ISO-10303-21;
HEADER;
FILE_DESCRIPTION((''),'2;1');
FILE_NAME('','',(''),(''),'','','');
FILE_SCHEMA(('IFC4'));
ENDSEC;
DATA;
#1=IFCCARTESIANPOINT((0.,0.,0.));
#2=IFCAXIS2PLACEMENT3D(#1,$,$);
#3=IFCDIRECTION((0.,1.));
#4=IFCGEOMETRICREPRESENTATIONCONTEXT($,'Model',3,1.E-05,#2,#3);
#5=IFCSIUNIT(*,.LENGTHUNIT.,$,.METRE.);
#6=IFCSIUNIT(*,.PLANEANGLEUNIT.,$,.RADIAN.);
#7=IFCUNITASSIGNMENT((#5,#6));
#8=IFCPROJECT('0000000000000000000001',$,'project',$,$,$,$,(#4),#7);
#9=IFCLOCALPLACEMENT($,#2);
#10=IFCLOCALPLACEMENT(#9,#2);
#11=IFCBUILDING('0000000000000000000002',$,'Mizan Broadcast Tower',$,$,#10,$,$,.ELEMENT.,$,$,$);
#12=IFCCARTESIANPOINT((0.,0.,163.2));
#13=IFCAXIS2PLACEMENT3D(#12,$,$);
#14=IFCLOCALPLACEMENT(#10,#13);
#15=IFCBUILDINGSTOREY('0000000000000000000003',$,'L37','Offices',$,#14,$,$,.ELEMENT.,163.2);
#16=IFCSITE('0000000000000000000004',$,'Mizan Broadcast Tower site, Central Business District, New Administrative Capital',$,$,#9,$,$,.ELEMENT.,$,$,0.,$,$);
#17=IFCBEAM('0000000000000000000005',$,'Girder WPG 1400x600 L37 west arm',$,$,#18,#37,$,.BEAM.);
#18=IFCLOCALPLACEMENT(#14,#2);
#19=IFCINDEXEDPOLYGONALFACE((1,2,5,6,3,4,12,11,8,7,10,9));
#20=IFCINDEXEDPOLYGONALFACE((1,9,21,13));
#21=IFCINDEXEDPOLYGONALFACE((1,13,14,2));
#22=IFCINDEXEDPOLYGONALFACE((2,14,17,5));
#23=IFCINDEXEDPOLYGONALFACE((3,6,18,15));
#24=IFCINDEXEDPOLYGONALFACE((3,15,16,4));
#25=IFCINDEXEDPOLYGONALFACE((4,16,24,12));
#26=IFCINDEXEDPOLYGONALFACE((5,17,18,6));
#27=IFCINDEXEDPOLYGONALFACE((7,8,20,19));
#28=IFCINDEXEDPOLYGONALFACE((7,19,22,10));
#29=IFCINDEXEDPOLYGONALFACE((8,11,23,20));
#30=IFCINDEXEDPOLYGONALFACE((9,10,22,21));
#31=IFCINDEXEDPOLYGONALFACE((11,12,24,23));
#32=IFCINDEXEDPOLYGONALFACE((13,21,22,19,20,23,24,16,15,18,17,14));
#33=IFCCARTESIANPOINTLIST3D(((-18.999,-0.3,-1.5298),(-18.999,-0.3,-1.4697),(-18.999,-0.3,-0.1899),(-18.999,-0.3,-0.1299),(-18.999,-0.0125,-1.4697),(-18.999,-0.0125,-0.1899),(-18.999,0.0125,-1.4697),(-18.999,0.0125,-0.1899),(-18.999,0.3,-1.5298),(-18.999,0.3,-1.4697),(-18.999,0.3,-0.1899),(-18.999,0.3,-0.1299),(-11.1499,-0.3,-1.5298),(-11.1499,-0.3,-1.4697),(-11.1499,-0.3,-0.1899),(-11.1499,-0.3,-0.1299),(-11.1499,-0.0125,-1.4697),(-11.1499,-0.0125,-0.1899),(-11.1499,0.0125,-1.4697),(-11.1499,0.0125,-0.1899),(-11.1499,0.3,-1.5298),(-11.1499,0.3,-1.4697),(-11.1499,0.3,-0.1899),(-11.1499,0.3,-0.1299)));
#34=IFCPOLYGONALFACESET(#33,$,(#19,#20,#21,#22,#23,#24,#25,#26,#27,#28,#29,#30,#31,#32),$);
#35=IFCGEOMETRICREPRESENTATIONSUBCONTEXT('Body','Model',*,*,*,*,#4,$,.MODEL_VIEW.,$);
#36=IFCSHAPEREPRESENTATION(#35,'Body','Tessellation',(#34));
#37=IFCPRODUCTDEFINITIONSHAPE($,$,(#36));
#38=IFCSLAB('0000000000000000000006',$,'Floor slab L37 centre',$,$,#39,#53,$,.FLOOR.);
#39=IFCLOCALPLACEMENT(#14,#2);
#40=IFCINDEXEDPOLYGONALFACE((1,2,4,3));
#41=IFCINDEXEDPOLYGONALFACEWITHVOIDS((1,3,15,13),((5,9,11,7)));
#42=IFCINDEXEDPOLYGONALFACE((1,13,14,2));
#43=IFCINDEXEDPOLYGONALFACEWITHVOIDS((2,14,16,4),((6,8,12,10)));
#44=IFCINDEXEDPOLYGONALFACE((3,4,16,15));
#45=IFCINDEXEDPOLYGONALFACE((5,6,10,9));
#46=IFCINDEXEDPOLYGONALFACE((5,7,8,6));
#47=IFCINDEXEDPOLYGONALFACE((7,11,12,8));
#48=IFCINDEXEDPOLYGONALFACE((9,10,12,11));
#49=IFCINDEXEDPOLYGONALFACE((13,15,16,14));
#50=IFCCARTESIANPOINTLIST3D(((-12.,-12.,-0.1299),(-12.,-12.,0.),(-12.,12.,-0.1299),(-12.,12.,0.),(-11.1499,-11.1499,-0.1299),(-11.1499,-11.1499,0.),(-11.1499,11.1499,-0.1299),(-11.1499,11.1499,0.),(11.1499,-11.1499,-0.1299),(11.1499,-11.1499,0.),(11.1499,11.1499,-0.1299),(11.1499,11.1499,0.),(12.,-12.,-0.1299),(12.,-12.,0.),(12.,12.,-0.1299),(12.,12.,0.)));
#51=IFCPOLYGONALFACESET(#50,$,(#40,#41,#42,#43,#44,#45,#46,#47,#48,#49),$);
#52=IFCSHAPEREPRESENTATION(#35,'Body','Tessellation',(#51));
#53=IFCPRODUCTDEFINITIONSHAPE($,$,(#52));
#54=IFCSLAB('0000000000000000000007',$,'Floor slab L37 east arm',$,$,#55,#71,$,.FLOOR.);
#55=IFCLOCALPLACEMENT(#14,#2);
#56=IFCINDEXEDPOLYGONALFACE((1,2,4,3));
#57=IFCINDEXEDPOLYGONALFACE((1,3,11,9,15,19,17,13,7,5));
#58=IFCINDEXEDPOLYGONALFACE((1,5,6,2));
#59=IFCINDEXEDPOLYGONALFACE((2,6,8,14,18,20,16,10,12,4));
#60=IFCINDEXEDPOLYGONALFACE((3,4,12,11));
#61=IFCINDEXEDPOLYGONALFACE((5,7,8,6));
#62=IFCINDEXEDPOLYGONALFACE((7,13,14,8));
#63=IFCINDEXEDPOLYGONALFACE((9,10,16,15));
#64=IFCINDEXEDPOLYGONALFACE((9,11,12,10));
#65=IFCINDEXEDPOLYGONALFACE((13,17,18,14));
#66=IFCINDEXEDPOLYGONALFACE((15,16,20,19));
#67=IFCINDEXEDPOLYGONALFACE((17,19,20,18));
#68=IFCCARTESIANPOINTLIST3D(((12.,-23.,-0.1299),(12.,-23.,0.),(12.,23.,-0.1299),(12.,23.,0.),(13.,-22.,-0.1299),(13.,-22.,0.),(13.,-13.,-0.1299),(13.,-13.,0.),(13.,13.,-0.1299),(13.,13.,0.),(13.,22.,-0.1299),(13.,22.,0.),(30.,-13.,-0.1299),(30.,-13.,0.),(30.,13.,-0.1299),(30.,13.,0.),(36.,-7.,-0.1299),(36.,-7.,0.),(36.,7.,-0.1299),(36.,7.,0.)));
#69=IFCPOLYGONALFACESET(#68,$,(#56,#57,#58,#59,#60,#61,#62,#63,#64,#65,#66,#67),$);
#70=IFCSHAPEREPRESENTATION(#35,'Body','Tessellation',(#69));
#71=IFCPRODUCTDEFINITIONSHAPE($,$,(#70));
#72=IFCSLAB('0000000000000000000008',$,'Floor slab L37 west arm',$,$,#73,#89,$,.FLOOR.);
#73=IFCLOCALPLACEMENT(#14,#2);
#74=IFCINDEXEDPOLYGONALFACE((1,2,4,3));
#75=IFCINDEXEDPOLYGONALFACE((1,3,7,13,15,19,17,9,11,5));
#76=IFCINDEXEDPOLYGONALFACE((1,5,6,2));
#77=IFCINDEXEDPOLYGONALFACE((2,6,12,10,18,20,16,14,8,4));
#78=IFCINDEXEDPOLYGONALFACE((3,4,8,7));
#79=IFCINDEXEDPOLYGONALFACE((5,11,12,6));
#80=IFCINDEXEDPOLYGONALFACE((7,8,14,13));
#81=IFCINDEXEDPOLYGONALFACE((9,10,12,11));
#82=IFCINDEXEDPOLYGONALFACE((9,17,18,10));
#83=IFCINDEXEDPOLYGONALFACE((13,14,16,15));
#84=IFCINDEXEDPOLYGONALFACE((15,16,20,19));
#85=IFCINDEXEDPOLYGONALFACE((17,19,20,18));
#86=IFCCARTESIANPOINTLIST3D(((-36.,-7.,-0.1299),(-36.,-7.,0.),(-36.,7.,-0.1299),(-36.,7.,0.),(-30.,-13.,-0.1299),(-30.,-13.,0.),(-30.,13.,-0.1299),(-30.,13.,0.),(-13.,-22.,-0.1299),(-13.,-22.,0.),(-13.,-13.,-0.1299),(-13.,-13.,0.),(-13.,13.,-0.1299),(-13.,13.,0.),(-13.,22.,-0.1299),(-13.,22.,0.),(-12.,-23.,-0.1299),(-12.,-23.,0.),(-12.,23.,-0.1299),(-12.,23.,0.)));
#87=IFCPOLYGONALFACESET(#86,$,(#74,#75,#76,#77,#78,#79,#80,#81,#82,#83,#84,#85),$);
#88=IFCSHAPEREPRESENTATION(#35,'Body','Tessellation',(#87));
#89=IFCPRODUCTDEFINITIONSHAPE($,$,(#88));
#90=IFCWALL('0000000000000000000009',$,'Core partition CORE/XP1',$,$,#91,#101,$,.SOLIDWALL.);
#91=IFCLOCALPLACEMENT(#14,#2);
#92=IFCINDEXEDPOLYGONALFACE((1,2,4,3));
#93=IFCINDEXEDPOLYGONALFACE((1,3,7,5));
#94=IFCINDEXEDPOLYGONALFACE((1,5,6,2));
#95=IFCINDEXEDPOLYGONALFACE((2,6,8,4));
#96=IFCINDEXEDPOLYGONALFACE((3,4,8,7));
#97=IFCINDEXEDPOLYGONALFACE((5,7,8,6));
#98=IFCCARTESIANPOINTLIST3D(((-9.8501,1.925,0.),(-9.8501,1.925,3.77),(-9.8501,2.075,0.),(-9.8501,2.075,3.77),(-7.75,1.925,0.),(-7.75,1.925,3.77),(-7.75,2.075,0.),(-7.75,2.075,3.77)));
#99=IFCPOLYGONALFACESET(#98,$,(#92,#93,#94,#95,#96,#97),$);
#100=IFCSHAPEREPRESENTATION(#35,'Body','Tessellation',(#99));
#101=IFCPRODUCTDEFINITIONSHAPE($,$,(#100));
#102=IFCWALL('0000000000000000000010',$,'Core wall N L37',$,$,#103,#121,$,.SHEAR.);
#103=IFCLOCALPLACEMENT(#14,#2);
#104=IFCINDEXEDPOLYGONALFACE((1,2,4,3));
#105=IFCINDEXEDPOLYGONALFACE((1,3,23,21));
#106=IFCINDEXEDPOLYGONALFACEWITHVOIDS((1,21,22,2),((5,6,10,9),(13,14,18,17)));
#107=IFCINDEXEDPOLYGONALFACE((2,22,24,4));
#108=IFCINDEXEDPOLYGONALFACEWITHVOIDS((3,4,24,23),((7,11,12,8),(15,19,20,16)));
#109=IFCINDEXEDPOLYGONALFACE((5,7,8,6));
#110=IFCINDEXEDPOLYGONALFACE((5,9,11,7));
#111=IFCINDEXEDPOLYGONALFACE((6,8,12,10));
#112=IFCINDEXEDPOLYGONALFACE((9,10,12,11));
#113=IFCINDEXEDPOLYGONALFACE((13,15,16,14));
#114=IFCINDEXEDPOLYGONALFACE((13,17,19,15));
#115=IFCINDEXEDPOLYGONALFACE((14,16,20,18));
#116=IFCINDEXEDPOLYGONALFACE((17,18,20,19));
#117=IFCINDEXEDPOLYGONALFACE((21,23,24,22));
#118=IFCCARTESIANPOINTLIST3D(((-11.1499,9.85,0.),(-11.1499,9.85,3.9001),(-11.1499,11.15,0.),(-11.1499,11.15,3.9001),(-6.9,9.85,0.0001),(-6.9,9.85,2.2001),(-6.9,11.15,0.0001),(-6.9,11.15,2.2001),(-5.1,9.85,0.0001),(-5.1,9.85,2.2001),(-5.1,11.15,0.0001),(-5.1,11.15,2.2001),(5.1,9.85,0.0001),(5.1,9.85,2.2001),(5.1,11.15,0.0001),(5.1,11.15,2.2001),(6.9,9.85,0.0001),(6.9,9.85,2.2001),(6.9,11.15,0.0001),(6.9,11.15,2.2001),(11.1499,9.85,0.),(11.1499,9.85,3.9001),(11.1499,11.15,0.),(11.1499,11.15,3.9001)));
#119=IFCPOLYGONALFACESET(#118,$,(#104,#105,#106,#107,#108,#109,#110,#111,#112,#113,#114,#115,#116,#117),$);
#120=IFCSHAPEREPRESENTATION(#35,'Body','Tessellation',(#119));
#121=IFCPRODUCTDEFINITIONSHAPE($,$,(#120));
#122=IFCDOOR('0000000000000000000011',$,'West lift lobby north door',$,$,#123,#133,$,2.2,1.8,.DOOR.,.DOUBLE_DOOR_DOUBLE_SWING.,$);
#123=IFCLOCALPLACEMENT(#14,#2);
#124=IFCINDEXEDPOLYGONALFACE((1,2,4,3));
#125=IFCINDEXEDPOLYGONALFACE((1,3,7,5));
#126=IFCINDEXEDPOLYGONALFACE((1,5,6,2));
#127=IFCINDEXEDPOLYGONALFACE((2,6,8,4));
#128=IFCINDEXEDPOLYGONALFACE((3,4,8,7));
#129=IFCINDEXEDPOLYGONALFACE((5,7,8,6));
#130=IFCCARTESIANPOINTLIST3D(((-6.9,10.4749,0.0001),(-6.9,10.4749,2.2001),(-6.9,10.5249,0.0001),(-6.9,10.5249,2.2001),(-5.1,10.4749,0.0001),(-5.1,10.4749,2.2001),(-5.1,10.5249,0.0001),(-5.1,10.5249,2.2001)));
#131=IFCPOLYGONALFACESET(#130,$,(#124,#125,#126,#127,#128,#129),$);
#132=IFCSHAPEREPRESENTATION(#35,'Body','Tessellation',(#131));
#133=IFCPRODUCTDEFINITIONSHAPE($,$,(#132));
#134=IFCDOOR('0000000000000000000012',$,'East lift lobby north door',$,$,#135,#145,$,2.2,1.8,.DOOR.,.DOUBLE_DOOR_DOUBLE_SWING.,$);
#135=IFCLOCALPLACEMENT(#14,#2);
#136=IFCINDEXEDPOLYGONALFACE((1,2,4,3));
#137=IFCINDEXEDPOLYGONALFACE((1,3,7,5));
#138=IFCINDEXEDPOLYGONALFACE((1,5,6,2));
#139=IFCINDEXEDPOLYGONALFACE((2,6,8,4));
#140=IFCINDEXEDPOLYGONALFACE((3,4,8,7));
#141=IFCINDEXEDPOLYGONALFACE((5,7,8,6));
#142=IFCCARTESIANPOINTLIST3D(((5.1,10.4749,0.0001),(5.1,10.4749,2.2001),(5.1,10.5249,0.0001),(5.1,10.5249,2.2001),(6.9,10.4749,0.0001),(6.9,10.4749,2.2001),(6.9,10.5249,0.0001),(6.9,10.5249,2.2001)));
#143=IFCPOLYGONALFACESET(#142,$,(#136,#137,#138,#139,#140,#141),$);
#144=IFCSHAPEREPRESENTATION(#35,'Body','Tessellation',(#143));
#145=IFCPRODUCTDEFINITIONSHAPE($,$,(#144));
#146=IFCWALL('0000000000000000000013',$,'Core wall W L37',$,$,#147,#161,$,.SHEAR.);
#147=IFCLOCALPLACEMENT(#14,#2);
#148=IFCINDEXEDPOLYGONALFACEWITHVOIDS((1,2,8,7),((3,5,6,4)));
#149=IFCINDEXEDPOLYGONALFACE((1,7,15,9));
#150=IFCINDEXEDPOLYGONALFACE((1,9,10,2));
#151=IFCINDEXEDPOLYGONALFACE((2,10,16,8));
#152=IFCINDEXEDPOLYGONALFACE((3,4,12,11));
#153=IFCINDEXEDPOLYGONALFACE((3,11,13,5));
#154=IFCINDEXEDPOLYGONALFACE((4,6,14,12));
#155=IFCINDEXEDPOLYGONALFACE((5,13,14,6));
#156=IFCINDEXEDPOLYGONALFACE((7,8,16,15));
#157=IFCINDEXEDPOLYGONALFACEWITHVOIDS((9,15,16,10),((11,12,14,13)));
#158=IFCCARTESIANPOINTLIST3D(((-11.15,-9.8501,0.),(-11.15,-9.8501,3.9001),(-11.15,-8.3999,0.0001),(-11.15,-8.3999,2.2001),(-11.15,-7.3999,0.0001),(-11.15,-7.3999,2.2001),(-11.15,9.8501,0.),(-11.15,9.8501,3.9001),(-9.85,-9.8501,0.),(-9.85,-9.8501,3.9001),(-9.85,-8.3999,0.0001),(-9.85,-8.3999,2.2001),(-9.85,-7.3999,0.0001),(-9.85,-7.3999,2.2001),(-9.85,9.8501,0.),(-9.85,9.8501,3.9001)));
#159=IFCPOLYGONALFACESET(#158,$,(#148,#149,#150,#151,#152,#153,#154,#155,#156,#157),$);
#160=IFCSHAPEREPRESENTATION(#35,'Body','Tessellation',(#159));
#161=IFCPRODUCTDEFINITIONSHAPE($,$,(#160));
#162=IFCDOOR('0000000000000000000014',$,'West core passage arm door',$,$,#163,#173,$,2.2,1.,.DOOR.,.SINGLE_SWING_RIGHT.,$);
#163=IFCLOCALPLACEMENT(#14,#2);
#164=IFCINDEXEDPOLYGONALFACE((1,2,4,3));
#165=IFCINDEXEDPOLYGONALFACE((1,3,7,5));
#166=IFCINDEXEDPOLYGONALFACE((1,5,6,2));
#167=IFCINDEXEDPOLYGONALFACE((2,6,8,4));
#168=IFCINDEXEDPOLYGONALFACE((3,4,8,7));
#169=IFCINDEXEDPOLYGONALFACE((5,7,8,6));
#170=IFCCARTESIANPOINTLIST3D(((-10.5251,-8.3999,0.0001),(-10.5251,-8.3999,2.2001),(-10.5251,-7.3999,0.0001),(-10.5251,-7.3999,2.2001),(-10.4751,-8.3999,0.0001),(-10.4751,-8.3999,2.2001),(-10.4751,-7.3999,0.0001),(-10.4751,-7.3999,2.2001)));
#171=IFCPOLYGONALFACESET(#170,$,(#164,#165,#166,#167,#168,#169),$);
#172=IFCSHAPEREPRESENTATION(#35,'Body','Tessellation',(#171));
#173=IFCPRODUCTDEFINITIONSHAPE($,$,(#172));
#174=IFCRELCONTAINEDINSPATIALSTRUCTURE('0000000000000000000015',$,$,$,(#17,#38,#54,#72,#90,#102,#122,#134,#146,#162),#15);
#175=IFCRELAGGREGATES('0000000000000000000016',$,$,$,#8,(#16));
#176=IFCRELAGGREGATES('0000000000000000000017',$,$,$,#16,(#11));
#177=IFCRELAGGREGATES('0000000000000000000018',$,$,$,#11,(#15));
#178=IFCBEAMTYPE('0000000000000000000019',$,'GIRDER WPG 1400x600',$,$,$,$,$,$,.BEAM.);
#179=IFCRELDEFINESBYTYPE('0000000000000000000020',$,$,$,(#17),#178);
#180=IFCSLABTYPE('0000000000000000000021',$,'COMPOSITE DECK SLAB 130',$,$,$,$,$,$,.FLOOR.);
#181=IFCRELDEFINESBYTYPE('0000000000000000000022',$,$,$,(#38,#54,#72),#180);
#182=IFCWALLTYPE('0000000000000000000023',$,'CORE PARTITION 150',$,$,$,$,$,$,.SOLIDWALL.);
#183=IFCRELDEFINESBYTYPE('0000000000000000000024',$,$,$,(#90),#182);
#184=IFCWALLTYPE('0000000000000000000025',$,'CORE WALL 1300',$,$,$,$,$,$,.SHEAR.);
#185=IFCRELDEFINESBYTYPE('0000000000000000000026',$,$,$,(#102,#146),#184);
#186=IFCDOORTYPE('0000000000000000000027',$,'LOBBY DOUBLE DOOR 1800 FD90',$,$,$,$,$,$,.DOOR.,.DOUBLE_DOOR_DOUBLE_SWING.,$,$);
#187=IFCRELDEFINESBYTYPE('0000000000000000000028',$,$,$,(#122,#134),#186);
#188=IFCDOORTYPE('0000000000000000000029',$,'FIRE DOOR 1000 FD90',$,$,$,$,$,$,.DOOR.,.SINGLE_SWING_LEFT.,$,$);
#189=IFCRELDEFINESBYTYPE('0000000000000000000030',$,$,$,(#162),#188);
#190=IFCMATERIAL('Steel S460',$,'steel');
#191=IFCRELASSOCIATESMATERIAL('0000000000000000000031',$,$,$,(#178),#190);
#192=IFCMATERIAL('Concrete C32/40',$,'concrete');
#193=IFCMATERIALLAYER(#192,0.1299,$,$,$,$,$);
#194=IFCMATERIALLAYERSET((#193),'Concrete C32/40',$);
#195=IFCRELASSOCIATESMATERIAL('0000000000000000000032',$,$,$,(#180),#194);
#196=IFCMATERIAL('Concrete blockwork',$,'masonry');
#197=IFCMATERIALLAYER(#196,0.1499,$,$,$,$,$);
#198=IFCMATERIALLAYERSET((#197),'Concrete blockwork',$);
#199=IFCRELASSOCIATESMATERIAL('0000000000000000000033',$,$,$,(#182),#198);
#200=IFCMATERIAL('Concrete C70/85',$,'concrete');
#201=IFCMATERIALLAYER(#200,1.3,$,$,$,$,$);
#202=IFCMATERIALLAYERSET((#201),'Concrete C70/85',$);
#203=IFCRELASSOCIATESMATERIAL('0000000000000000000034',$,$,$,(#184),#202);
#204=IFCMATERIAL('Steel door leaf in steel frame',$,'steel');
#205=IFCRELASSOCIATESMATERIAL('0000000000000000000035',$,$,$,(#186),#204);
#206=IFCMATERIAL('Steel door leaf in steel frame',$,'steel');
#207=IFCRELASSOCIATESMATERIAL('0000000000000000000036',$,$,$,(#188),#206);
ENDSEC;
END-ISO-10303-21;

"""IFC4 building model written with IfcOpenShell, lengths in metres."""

from ifc_helpers import new_model, si_unit, direction, frame, frame_2d, origin, origin_2d, place, context, subcontext, project, spatial, polyline, rectangle, i_section, outline, extrude, material, layer, layer_set, material_profile, profile_set, type_object, element, fill, save


model = new_model("IFC4")

# Units and contexts
model_context = context("Model", 3, precision=1e-05, world=origin(), true_north=direction((0.0, 1.0)))
body_context = subcontext(model_context, "Body", "Model", "MODEL_VIEW")
ifc_project = project(units=[si_unit("LENGTHUNIT", "METRE"), si_unit("PLANEANGLEUNIT", "RADIAN")], contexts=[model_context])

# Site, building, storey
site_placement = place(None, origin())
site = spatial("IfcSite", under=ifc_project, at=site_placement, Name="Mizan Broadcast Tower site, Central Business District, New Administrative Capital", CompositionType="ELEMENT", RefElevation=0.0)
building_placement = place(site_placement, origin())
building = spatial("IfcBuilding", under=site, at=building_placement, Name="Mizan Broadcast Tower", CompositionType="ELEMENT")
storey_placement = place(building_placement, frame((0.0, 0.0, 163.2)))
storey = spatial("IfcBuildingStorey", under=building, at=storey_placement, Name="L37", Description="Offices", CompositionType="ELEMENT", Elevation=163.2)

# Beam
ifc_material_1 = material(Name="Steel S460", Category="steel")
ifc_material_profile = material_profile(ifc_material_1, i_section(OverallWidth=0.6001, OverallDepth=1.3999, WebThickness=0.0249, FlangeThickness=0.0601, at=origin_2d()), Name="WPG 1400x600")
ifc_profile_set = profile_set([ifc_material_profile], Name="Steel S460")
beam_type = type_object("IfcBeamType", Name="GIRDER WPG 1400x600", PredefinedType="BEAM", material=ifc_profile_set)
beam_placement = place(storey_placement, frame((-11.1499, 0.0, -0.8298), z_axis=(-1.0, 0.0, 0.0), x_axis=(0.0, -1.0, 0.0)))
element("IfcBeam", 1, at=beam_placement, inside=storey, type_object=beam_type, Name="Girder WPG 1400x600 L37 west arm", PredefinedType="BEAM", context=body_context, shape_type="SweptSolid", body=[
    extrude(i_section(OverallWidth=0.6001, OverallDepth=1.3999, WebThickness=0.0249, FlangeThickness=0.0601, at=origin_2d()), origin(), (0.0, 0.0, 1.0), 7.8491),
])

# Slabs
ifc_material_2 = material(Name="Concrete C32/40", Category="concrete")
ifc_layer_1 = layer(ifc_material_2, 0.1299)
ifc_layer_set_1 = layer_set([ifc_layer_1], Name="Concrete C32/40")
slab_type = type_object("IfcSlabType", Name="COMPOSITE DECK SLAB 130", PredefinedType="FLOOR", material=ifc_layer_set_1)
slab_1_placement = place(storey_placement, frame((0.0, 0.0, -0.1299)))
element("IfcSlab", 2, at=slab_1_placement, inside=storey, type_object=slab_type, Name="Floor slab L37 centre", PredefinedType="FLOOR", context=body_context, shape_type="SweptSolid", body=[
    extrude(outline(polyline([(-12.0, -12.0), (12.0, -12.0), (12.0, 12.0), (-12.0, 12.0), (-12.0, -12.0)]), holes=[polyline([(-11.1499, 11.1499), (11.1499, 11.1499), (11.1499, -11.1499), (-11.1499, -11.1499), (-11.1499, 11.1499)])]), origin(), (0.0, 0.0, 1.0), 0.1299),
])
slab_2_placement = place(storey_placement, frame((0.0, 0.0, -0.1299)))
element("IfcSlab", 3, at=slab_2_placement, inside=storey, type_object=slab_type, Name="Floor slab L37 east arm", PredefinedType="FLOOR", context=body_context, shape_type="SweptSolid", body=[
    extrude(outline(polyline([(12.0, -23.0), (13.0, -22.0), (13.0, -13.0), (30.0, -13.0), (36.0, -7.0), (36.0, 7.0), (30.0, 13.0), (13.0, 13.0), (13.0, 22.0), (12.0, 23.0), (12.0, -23.0)])), origin(), (0.0, 0.0, 1.0), 0.1299),
])
slab_3_placement = place(storey_placement, frame((0.0, 0.0, -0.1299)))
element("IfcSlab", 4, at=slab_3_placement, inside=storey, type_object=slab_type, Name="Floor slab L37 west arm", PredefinedType="FLOOR", context=body_context, shape_type="SweptSolid", body=[
    extrude(outline(polyline([(-13.0, -22.0), (-12.0, -23.0), (-12.0, 23.0), (-13.0, 22.0), (-13.0, 13.0), (-30.0, 13.0), (-36.0, 7.0), (-36.0, -7.0), (-30.0, -13.0), (-13.0, -13.0), (-13.0, -22.0)])), origin(), (0.0, 0.0, 1.0), 0.1299),
])

# Wall
ifc_material_3 = material(Name="Concrete blockwork", Category="masonry")
ifc_layer_2 = layer(ifc_material_3, 0.1499)
ifc_layer_set_2 = layer_set([ifc_layer_2], Name="Concrete blockwork")
wall_type_1 = type_object("IfcWallType", Name="CORE PARTITION 150", PredefinedType="SOLIDWALL", material=ifc_layer_set_2)
wall_1_placement = place(storey_placement, frame((-9.8501, 2.0, 0.0), z_axis=(0.0, 0.0, 1.0), x_axis=(1.0, 0.0, 0.0)))
element("IfcWall", 5, at=wall_1_placement, inside=storey, type_object=wall_type_1, Name="Core partition CORE/XP1", PredefinedType="SOLIDWALL", context=body_context, shape_type="SweptSolid", body=[
    extrude(rectangle(XDim=2.1001, YDim=0.1499, at=frame_2d((1.05, 0.0))), origin(), (0.0, 0.0, 1.0), 3.77),
])

# Wall, openings, doors
ifc_material_4 = material(Name="Concrete C70/85", Category="concrete")
ifc_layer_3 = layer(ifc_material_4, 1.3)
ifc_layer_set_3 = layer_set([ifc_layer_3], Name="Concrete C70/85")
wall_type_2 = type_object("IfcWallType", Name="CORE WALL 1300", PredefinedType="SHEAR", material=ifc_layer_set_3)
wall_2_placement = place(storey_placement, frame((-11.1499, 10.5, 0.0), z_axis=(0.0, 0.0, 1.0), x_axis=(1.0, 0.0, 0.0)))
wall_2 = element("IfcWall", 6, at=wall_2_placement, inside=storey, type_object=wall_type_2, Name="Core wall N L37", PredefinedType="SHEAR", context=body_context, shape_type="SweptSolid", body=[
    extrude(rectangle(XDim=22.2998, YDim=1.3, at=frame_2d((11.1499, 0.0))), origin(), (0.0, 0.0, 1.0), 3.9001),
])
opening_1_placement = place(wall_2_placement, frame((4.25, 0.0, 0.0)))
opening_1 = element("IfcOpeningElement", 7, at=opening_1_placement, cuts=wall_2, PredefinedType="OPENING", context=body_context, shape_type="SweptSolid", body=[
    extrude(rectangle(XDim=1.8, YDim=2.2, at=frame_2d((0.8999, 1.1001))), frame((0.0, 0.6599, 0.0), z_axis=(0.0, -1.0, 0.0), x_axis=(1.0, 0.0, 0.0)), (0.0, 0.0, 1.0), 1.3201),
])
opening_2_placement = place(wall_2_placement, frame((16.25, 0.0, 0.0)))
opening_2 = element("IfcOpeningElement", 8, at=opening_2_placement, cuts=wall_2, PredefinedType="OPENING", context=body_context, shape_type="SweptSolid", body=[
    extrude(rectangle(XDim=1.8, YDim=2.2, at=frame_2d((0.8999, 1.1001))), frame((0.0, 0.6599, 0.0), z_axis=(0.0, -1.0, 0.0), x_axis=(1.0, 0.0, 0.0)), (0.0, 0.0, 1.0), 1.3201),
])
ifc_material_5 = material(Name="Steel door leaf in steel frame", Category="steel")
door_type_1 = type_object("IfcDoorType", Name="LOBBY DOUBLE DOOR 1800 FD90", OperationType="DOUBLE_DOOR_DOUBLE_SWING", PredefinedType="DOOR", material=ifc_material_5)
door_1_placement = place(opening_1_placement, origin())
door_1 = element("IfcDoor", 9, at=door_1_placement, inside=storey, type_object=door_type_1, Name="West lift lobby north door", OperationType="DOUBLE_DOOR_DOUBLE_SWING", OverallHeight=2.2, OverallWidth=1.8, PredefinedType="DOOR", context=body_context, shape_type="SweptSolid", body=[
    extrude(rectangle(XDim=1.8, YDim=2.2, at=frame_2d((0.8999, 1.1001))), frame((0.0, 0.0249, 0.0), z_axis=(0.0, -1.0, 0.0), x_axis=(1.0, 0.0, 0.0)), (0.0, 0.0, 1.0), 0.05),
])
fill(opening_1, door_1)
door_2_placement = place(opening_2_placement, origin())
door_2 = element("IfcDoor", 10, at=door_2_placement, inside=storey, type_object=door_type_1, Name="East lift lobby north door", OperationType="DOUBLE_DOOR_DOUBLE_SWING", OverallHeight=2.2, OverallWidth=1.8, PredefinedType="DOOR", context=body_context, shape_type="SweptSolid", body=[
    extrude(rectangle(XDim=1.8, YDim=2.2, at=frame_2d((0.8999, 1.1001))), frame((0.0, 0.0249, 0.0), z_axis=(0.0, -1.0, 0.0), x_axis=(1.0, 0.0, 0.0)), (0.0, 0.0, 1.0), 0.05),
])
fill(opening_2, door_2)

# Wall, opening, door
wall_3_placement = place(storey_placement, frame((-10.5, 9.8501, 0.0), z_axis=(0.0, 0.0, 1.0), x_axis=(0.0, -1.0, 0.0)))
wall_3 = element("IfcWall", 11, at=wall_3_placement, inside=storey, type_object=wall_type_2, Name="Core wall W L37", PredefinedType="SHEAR", context=body_context, shape_type="SweptSolid", body=[
    extrude(rectangle(XDim=19.7002, YDim=1.3, at=frame_2d((9.8501, 0.0))), origin(), (0.0, 0.0, 1.0), 3.9001),
])
opening_3_placement = place(wall_3_placement, frame((17.25, 0.0, 0.0)))
opening_3 = element("IfcOpeningElement", 12, at=opening_3_placement, cuts=wall_3, PredefinedType="OPENING", context=body_context, shape_type="SweptSolid", body=[
    extrude(rectangle(XDim=1.0, YDim=2.2, at=frame_2d((0.5, 1.1001))), frame((0.0, 0.6599, 0.0), z_axis=(0.0, -1.0, 0.0), x_axis=(1.0, 0.0, 0.0)), (0.0, 0.0, 1.0), 1.3201),
])
ifc_material_6 = material(Name="Steel door leaf in steel frame", Category="steel")
door_type_2 = type_object("IfcDoorType", Name="FIRE DOOR 1000 FD90", OperationType="SINGLE_SWING_LEFT", PredefinedType="DOOR", material=ifc_material_6)
door_3_placement = place(opening_3_placement, origin())
door_3 = element("IfcDoor", 13, at=door_3_placement, inside=storey, type_object=door_type_2, Name="West core passage arm door", OperationType="SINGLE_SWING_RIGHT", OverallHeight=2.2, OverallWidth=1.0, PredefinedType="DOOR", context=body_context, shape_type="SweptSolid", body=[
    extrude(rectangle(XDim=1.0, YDim=2.2, at=frame_2d((0.5, 1.1001))), frame((0.0, 0.0249, 0.0), z_axis=(0.0, -1.0, 0.0), x_axis=(1.0, 0.0, 0.0)), (0.0, 0.0, 1.0), 0.05),
])
fill(opening_3, door_3)

save(model, "model.ifc")
